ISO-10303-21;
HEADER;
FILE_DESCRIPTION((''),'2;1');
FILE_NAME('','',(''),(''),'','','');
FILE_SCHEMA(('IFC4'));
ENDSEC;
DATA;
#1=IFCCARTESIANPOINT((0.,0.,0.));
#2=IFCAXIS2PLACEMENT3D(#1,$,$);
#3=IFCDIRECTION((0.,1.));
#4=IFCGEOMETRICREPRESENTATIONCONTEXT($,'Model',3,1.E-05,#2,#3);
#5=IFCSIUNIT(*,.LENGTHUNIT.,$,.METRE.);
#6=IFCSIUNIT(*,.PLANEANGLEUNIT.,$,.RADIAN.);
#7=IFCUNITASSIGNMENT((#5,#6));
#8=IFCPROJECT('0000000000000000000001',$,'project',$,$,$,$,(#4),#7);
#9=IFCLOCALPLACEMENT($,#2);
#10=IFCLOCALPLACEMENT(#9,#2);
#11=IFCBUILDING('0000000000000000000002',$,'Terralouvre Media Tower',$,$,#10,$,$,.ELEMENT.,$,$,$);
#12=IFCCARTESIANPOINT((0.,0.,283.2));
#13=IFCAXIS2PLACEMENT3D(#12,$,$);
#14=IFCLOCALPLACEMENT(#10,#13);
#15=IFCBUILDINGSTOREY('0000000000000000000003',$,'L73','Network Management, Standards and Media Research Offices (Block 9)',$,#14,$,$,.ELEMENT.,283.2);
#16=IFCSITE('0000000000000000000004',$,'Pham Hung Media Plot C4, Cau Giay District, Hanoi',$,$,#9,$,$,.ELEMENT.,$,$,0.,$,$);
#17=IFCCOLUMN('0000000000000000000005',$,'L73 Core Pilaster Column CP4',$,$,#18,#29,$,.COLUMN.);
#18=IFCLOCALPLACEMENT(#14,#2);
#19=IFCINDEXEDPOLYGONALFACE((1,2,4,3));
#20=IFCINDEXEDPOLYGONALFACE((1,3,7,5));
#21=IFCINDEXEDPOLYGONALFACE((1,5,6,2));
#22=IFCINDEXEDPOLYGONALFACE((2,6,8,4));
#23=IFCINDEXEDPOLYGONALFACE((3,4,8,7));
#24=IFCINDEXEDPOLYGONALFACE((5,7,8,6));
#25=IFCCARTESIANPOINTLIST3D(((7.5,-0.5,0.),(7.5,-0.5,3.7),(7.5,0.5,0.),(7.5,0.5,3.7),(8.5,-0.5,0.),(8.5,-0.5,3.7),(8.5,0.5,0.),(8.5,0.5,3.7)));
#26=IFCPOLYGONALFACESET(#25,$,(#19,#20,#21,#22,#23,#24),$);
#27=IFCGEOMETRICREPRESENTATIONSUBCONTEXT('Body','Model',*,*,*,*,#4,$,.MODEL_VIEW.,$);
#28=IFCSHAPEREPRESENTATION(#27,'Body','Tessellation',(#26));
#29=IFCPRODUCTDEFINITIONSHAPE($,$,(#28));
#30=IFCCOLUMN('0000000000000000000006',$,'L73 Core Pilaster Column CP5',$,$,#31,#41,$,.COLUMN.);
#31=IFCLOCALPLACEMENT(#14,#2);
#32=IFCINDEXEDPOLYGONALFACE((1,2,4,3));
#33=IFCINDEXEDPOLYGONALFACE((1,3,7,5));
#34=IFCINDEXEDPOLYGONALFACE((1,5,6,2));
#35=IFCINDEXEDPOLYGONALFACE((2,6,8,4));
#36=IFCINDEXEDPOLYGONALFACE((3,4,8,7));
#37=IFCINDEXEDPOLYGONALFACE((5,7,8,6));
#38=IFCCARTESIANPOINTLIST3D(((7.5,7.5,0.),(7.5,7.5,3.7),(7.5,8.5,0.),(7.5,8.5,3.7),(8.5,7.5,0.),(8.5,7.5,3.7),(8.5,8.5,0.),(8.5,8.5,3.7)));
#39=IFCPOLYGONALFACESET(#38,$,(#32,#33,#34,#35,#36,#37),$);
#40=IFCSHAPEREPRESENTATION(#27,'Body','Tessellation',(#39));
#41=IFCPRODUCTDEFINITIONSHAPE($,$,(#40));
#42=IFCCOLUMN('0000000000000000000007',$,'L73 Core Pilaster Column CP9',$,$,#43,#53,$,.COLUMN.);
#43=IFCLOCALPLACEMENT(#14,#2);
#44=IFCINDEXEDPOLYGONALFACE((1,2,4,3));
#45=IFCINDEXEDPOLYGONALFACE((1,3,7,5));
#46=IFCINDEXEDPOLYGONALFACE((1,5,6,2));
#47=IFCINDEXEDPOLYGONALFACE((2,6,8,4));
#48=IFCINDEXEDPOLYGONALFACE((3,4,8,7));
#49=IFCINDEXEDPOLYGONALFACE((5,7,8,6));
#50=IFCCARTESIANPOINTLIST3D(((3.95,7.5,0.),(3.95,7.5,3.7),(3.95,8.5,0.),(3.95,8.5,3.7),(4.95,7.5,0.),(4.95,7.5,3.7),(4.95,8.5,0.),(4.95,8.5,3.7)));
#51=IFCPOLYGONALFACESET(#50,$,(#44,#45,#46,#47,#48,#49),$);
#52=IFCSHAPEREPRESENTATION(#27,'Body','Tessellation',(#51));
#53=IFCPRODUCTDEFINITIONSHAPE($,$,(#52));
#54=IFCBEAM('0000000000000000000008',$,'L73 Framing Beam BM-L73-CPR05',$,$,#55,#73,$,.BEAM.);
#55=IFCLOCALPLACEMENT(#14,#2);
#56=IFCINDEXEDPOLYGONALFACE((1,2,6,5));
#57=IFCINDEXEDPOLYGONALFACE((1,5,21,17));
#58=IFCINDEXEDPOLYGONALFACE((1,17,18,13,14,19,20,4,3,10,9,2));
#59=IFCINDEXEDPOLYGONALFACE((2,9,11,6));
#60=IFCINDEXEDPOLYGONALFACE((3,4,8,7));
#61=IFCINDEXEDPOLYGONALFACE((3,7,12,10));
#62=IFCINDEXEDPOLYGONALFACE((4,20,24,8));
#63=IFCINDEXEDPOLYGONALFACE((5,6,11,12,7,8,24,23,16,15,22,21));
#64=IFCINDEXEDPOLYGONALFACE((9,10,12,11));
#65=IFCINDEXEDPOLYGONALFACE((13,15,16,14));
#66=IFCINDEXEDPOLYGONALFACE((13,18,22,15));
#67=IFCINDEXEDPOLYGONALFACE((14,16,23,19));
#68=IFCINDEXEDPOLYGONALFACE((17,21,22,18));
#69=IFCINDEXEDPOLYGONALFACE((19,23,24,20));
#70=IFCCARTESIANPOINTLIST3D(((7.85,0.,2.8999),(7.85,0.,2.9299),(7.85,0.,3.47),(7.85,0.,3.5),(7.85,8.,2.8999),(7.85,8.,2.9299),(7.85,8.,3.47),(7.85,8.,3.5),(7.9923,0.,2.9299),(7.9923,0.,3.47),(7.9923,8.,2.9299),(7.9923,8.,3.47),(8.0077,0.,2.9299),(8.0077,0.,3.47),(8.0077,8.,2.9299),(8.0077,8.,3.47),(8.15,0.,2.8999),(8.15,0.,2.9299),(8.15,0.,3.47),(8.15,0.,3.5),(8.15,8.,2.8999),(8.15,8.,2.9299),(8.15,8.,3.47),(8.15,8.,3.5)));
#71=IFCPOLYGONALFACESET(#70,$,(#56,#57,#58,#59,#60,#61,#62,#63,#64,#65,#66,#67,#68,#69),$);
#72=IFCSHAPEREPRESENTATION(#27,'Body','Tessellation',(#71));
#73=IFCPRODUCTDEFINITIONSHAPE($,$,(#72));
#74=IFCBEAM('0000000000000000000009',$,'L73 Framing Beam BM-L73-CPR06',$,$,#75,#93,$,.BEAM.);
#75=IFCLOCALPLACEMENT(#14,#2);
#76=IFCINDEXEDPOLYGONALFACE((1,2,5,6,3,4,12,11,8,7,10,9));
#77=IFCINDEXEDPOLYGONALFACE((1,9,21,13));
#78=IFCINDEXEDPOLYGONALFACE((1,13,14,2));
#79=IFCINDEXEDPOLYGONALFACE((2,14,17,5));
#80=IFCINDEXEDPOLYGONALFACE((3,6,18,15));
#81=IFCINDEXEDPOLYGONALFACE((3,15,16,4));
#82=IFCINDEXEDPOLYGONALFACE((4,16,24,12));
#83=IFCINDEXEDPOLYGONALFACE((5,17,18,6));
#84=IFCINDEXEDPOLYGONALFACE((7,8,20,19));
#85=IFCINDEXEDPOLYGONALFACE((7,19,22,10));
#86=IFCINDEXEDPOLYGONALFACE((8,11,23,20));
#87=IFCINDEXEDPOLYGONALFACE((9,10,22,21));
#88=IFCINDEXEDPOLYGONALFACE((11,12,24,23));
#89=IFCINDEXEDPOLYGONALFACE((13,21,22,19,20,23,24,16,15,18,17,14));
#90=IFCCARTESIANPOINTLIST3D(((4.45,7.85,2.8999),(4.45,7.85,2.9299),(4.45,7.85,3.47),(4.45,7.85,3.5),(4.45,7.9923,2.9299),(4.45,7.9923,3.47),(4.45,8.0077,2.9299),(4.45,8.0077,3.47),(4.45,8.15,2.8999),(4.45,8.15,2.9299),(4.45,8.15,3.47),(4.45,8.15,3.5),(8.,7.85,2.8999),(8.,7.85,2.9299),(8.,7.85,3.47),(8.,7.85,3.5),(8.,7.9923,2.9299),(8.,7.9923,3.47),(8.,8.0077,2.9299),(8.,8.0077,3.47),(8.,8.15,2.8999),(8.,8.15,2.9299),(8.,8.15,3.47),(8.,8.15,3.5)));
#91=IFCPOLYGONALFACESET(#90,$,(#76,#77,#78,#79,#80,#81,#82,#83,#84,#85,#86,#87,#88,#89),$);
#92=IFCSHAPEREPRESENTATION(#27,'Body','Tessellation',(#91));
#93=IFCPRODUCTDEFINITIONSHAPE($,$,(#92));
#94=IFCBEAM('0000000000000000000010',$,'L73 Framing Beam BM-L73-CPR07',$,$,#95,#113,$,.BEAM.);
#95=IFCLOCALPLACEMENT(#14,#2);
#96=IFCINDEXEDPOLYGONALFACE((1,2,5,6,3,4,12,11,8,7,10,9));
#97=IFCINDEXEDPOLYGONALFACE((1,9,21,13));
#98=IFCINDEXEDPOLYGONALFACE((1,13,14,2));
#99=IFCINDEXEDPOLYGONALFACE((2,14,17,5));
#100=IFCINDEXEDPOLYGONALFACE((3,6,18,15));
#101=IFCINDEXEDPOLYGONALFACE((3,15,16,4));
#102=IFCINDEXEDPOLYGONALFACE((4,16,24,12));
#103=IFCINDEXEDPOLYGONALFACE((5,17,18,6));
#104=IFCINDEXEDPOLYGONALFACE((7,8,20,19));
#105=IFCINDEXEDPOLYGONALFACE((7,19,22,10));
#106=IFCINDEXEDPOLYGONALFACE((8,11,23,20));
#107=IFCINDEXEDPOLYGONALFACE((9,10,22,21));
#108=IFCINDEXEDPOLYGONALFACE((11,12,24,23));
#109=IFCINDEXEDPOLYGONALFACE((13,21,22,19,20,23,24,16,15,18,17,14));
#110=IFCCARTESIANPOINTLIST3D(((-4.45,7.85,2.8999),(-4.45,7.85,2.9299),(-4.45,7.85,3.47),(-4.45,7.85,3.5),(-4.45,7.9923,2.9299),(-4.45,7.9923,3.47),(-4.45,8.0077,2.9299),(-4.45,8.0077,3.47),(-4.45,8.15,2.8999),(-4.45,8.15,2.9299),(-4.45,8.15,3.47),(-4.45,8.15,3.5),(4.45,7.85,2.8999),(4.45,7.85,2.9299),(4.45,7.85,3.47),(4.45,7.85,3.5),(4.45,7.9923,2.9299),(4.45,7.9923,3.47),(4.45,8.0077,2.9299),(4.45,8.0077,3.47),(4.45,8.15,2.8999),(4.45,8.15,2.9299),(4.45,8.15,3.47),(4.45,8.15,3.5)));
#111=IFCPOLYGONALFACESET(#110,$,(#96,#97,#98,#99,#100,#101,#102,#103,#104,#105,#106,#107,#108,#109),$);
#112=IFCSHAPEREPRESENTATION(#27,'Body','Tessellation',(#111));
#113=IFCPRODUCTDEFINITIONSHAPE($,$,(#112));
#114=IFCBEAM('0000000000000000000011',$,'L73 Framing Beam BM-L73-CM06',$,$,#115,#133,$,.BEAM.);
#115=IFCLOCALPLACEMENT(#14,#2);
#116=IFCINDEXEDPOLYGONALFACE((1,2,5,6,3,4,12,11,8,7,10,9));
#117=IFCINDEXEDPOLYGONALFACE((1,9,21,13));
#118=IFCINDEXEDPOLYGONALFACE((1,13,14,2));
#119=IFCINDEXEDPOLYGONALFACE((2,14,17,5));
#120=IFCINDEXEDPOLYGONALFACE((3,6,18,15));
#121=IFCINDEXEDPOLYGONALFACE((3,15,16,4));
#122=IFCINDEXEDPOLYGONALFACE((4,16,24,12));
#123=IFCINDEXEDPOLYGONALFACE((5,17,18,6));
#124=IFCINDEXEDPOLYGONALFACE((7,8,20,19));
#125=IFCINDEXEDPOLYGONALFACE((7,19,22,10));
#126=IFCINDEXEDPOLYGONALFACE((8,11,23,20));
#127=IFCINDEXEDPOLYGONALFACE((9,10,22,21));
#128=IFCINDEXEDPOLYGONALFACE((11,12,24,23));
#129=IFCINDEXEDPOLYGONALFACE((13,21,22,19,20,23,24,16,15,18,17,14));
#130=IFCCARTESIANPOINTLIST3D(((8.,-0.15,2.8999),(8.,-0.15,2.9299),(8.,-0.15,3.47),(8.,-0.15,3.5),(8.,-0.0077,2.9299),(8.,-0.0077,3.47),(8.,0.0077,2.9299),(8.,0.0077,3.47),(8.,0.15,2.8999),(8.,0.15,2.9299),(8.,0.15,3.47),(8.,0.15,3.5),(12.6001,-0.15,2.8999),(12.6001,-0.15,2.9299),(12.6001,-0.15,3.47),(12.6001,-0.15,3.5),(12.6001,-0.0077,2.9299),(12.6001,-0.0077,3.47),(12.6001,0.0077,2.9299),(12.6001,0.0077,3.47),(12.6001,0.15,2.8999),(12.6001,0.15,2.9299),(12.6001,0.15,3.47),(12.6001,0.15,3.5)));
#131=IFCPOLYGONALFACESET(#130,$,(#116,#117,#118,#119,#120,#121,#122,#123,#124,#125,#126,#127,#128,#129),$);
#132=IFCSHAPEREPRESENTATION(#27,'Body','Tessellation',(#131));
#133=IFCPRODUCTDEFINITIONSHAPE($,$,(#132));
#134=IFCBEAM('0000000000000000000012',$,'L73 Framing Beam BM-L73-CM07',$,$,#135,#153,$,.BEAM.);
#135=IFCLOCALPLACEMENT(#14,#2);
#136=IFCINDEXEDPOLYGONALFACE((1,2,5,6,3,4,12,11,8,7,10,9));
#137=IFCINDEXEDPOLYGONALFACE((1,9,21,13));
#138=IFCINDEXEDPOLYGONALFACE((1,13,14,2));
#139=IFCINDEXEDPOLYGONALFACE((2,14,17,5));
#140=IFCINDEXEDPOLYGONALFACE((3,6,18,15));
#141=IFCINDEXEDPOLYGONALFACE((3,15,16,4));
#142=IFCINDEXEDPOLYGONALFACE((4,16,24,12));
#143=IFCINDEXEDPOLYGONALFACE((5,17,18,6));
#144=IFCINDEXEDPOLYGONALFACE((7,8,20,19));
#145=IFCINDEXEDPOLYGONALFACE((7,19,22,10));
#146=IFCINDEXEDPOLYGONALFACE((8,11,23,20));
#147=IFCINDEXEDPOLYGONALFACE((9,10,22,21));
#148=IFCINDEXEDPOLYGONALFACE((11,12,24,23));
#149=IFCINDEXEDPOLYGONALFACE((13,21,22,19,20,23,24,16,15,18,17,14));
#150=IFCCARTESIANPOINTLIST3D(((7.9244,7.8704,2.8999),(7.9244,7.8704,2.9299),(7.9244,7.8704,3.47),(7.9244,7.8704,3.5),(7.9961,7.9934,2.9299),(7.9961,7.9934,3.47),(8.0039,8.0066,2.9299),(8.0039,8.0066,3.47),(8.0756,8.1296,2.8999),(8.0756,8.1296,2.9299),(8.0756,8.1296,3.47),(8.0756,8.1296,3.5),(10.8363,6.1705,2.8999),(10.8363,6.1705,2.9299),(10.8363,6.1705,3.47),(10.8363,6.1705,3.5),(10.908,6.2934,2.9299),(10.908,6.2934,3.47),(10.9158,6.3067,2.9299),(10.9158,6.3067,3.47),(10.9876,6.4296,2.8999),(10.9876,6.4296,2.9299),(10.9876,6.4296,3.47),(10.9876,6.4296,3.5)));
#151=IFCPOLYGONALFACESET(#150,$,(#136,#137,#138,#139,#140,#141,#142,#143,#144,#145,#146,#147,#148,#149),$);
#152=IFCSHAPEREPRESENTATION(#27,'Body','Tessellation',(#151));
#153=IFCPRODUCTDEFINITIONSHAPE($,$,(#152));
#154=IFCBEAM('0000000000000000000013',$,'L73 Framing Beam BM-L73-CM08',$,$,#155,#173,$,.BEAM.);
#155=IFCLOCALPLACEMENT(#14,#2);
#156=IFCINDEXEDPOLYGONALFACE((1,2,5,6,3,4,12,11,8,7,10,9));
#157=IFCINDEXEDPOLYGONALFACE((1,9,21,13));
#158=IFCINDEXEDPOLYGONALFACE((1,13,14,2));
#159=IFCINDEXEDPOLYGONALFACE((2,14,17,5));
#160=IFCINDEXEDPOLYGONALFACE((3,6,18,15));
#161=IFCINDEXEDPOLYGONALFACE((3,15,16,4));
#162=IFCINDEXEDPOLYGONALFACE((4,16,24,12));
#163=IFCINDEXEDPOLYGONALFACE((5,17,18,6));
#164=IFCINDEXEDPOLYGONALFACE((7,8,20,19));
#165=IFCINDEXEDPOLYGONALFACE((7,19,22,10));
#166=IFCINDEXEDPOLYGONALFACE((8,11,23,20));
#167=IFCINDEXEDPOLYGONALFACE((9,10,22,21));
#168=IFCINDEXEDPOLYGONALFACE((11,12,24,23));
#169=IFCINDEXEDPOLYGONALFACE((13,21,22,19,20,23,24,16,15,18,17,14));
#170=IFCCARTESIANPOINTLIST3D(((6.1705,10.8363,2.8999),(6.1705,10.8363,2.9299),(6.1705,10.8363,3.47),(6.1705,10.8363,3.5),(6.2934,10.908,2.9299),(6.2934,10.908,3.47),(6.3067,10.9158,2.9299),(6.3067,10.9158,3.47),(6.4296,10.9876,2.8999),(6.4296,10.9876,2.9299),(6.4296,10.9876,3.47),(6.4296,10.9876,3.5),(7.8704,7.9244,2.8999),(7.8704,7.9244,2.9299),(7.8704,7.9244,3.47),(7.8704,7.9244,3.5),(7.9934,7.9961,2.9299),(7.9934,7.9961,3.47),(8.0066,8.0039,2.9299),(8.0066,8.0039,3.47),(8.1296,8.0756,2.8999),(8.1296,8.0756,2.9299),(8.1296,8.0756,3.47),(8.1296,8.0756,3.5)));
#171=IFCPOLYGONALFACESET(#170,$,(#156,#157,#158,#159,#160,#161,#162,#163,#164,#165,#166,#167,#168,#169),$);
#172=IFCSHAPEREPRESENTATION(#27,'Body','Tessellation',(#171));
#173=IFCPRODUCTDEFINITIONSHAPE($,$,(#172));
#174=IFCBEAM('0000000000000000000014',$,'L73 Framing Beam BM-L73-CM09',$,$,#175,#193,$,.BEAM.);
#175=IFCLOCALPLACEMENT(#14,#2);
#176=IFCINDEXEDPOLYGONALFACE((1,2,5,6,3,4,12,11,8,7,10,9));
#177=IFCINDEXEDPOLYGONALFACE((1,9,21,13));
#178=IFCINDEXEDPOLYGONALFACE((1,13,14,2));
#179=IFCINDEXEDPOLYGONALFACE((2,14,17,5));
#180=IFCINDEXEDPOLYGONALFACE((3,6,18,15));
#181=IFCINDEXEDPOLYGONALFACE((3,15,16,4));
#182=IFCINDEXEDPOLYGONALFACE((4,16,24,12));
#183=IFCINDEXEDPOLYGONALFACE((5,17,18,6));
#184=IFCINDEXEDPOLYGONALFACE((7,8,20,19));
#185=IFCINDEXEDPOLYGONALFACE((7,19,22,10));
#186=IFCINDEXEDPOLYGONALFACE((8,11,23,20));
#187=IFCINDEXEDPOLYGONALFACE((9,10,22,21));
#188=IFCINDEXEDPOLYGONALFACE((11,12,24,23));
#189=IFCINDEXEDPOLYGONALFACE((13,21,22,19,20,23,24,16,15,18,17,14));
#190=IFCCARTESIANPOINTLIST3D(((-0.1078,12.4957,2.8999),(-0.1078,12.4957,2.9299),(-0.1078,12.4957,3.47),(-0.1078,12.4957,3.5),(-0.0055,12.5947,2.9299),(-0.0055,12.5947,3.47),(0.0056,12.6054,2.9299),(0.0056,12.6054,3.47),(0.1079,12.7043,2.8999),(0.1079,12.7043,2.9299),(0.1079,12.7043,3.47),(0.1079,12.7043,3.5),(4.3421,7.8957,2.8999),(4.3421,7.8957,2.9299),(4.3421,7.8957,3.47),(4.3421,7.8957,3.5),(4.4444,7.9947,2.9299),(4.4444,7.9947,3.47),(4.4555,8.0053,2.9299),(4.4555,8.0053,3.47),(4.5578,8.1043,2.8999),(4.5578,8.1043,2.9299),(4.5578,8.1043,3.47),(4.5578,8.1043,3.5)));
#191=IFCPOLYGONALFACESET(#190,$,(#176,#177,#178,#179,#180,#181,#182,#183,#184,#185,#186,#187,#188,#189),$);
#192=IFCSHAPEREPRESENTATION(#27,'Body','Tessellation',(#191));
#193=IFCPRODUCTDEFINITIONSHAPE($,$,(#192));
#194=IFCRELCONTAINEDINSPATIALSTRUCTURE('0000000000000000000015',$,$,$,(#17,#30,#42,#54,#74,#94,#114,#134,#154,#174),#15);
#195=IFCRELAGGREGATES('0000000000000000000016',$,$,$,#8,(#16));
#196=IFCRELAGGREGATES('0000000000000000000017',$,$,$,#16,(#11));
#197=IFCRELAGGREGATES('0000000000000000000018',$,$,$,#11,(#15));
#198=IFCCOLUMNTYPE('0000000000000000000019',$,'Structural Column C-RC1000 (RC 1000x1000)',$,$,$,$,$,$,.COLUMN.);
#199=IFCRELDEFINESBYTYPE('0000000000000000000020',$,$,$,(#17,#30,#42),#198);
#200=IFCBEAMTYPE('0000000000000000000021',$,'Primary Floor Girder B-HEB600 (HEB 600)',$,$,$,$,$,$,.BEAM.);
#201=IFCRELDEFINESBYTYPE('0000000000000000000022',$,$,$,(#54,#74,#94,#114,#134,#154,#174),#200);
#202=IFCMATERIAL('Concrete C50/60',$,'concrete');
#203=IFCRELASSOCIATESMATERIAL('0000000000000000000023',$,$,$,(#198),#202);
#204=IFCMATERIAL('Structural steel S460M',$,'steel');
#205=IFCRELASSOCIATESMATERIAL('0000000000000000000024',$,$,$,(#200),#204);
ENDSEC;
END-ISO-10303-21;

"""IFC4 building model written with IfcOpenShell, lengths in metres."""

from ifc_helpers import new_model, si_unit, direction, frame, origin, origin_2d, place, context, subcontext, project, spatial, rectangle, i_section, extrude, material, material_profile, profile_set, type_object, element, save


model = new_model("IFC4")

# Units and contexts
model_context = context("Model", 3, precision=1e-05, world=origin(), true_north=direction((0.0, 1.0)))
body_context = subcontext(model_context, "Body", "Model", "MODEL_VIEW")
ifc_project = project(units=[si_unit("LENGTHUNIT", "METRE"), si_unit("PLANEANGLEUNIT", "RADIAN")], contexts=[model_context])

# Site, building, storey
site_placement = place(None, origin())
site = spatial("IfcSite", under=ifc_project, at=site_placement, Name="Pham Hung Media Plot C4, Cau Giay District, Hanoi", CompositionType="ELEMENT", RefElevation=0.0)
building_placement = place(site_placement, origin())
building = spatial("IfcBuilding", under=site, at=building_placement, Name="Terralouvre Media Tower", CompositionType="ELEMENT")
storey_placement = place(building_placement, frame((0.0, 0.0, 283.2)))
storey = spatial("IfcBuildingStorey", under=building, at=storey_placement, Name="L73", Description="Network Management, Standards and Media Research Offices (Block 9)", CompositionType="ELEMENT", Elevation=283.2)

# Columns
ifc_material_1 = material(Name="Concrete C50/60", Category="concrete")
ifc_material_profile_1 = material_profile(ifc_material_1, rectangle(XDim=1.0, YDim=1.0, at=origin_2d()), Name="RC 1000x1000")
ifc_profile_set_1 = profile_set([ifc_material_profile_1], Name="Concrete C50/60")
column_type = type_object("IfcColumnType", Name="Structural Column C-RC1000 (RC 1000x1000)", PredefinedType="COLUMN", material=ifc_profile_set_1)
for number, where, z_axis, x_axis, name in (
    (1, (8.0, 0.0, 0.0), (0.0, 0.0, 1.0), (1.0, 0.0, 0.0), "L73 Core Pilaster Column CP4"),
    (2, (8.0, 8.0, 0.0), (0.0, 0.0, 1.0), (1.0, 0.0, 0.0), "L73 Core Pilaster Column CP5"),
    (3, (4.45, 8.0, 0.0), (0.0, 0.0, 1.0), (1.0, 0.0, 0.0), "L73 Core Pilaster Column CP9"),
):
    element("IfcColumn", number, at=place(storey_placement, frame(where, z_axis=z_axis, x_axis=x_axis)), inside=storey, type_object=column_type, Name=name, PredefinedType="COLUMN", context=body_context, shape_type="SweptSolid", body=[
        extrude(rectangle(XDim=1.0, YDim=1.0, at=origin_2d()), origin(), (0.0, 0.0, 1.0), 3.7),
    ])

# Beams
ifc_material_2 = material(Name="Structural steel S460M", Category="steel")
ifc_material_profile_2 = material_profile(ifc_material_2, i_section(OverallWidth=0.3, OverallDepth=0.6001, WebThickness=0.0154, FlangeThickness=0.03, at=origin_2d()), Name="HEB 600")
ifc_profile_set_2 = profile_set([ifc_material_profile_2], Name="Structural steel S460M")
beam_type = type_object("IfcBeamType", Name="Primary Floor Girder B-HEB600 (HEB 600)", PredefinedType="BEAM", material=ifc_profile_set_2)
beam_1_placement = place(storey_placement, frame((8.0, 0.0, 3.2), z_axis=(0.0, 1.0, 0.0), x_axis=(-1.0, 0.0, 0.0)))
element("IfcBeam", 4, at=beam_1_placement, inside=storey, type_object=beam_type, Name="L73 Framing Beam BM-L73-CPR05", PredefinedType="BEAM", context=body_context, shape_type="SweptSolid", body=[
    extrude(i_section(OverallWidth=0.3, OverallDepth=0.6001, WebThickness=0.0154, FlangeThickness=0.03, at=origin_2d()), origin(), (0.0, 0.0, 1.0), 8.0),
])
beam_2_placement = place(storey_placement, frame((8.0, 8.0, 3.2), z_axis=(-1.0, 0.0, 0.0), x_axis=(0.0, -1.0, 0.0)))
element("IfcBeam", 5, at=beam_2_placement, inside=storey, type_object=beam_type, Name="L73 Framing Beam BM-L73-CPR06", PredefinedType="BEAM", context=body_context, shape_type="SweptSolid", body=[
    extrude(i_section(OverallWidth=0.3, OverallDepth=0.6001, WebThickness=0.0154, FlangeThickness=0.03, at=origin_2d()), origin(), (0.0, 0.0, 1.0), 3.55),
])
beam_3_placement = place(storey_placement, frame((4.45, 8.0, 3.2), z_axis=(-1.0, 0.0, 0.0), x_axis=(0.0, -1.0, 0.0)))
element("IfcBeam", 6, at=beam_3_placement, inside=storey, type_object=beam_type, Name="L73 Framing Beam BM-L73-CPR07", PredefinedType="BEAM", context=body_context, shape_type="SweptSolid", body=[
    extrude(i_section(OverallWidth=0.3, OverallDepth=0.6001, WebThickness=0.0154, FlangeThickness=0.03, at=origin_2d()), origin(), (0.0, 0.0, 1.0), 8.8999),
])
beam_4_placement = place(storey_placement, frame((8.0, 0.0, 3.2), z_axis=(1.0, 0.0, 0.0), x_axis=(0.0, 1.0, 0.0)))
element("IfcBeam", 7, at=beam_4_placement, inside=storey, type_object=beam_type, Name="L73 Framing Beam BM-L73-CM06", PredefinedType="BEAM", context=body_context, shape_type="SweptSolid", body=[
    extrude(i_section(OverallWidth=0.3, OverallDepth=0.6001, WebThickness=0.0154, FlangeThickness=0.03, at=origin_2d()), origin(), (0.0, 0.0, 1.0), 4.6001),
])
for number, where, z_axis, x_axis, name in (
    (8, (8.0, 8.0, 3.2), (0.863603, -0.504173, 0.0), (0.504173, 0.863603, 0.0), "L73 Framing Beam BM-L73-CM07"),
    (9, (8.0, 8.0, 3.2), (-0.504173, 0.863603, 0.0), (-0.863603, -0.504173, 0.0), "L73 Framing Beam BM-L73-CM08"),
):
    element("IfcBeam", number, at=place(storey_placement, frame(where, z_axis=z_axis, x_axis=x_axis)), inside=storey, type_object=beam_type, Name=name, PredefinedType="BEAM", context=body_context, shape_type="SweptSolid", body=[
        extrude(i_section(OverallWidth=0.3, OverallDepth=0.6001, WebThickness=0.0154, FlangeThickness=0.03, at=origin_2d()), origin(), (0.0, 0.0, 1.0), 3.3718),
    ])
beam_5_placement = place(storey_placement, frame((4.45, 8.0, 3.2), z_axis=(-0.69528, 0.718739, 0.0), x_axis=(-0.718739, -0.69528, 0.0)))
element("IfcBeam", 10, at=beam_5_placement, inside=storey, type_object=beam_type, Name="L73 Framing Beam BM-L73-CM09", PredefinedType="BEAM", context=body_context, shape_type="SweptSolid", body=[
    extrude(i_section(OverallWidth=0.3, OverallDepth=0.6001, WebThickness=0.0154, FlangeThickness=0.03, at=origin_2d()), origin(), (0.0, 0.0, 1.0), 6.4001),
])

save(model, "model.ifc")
